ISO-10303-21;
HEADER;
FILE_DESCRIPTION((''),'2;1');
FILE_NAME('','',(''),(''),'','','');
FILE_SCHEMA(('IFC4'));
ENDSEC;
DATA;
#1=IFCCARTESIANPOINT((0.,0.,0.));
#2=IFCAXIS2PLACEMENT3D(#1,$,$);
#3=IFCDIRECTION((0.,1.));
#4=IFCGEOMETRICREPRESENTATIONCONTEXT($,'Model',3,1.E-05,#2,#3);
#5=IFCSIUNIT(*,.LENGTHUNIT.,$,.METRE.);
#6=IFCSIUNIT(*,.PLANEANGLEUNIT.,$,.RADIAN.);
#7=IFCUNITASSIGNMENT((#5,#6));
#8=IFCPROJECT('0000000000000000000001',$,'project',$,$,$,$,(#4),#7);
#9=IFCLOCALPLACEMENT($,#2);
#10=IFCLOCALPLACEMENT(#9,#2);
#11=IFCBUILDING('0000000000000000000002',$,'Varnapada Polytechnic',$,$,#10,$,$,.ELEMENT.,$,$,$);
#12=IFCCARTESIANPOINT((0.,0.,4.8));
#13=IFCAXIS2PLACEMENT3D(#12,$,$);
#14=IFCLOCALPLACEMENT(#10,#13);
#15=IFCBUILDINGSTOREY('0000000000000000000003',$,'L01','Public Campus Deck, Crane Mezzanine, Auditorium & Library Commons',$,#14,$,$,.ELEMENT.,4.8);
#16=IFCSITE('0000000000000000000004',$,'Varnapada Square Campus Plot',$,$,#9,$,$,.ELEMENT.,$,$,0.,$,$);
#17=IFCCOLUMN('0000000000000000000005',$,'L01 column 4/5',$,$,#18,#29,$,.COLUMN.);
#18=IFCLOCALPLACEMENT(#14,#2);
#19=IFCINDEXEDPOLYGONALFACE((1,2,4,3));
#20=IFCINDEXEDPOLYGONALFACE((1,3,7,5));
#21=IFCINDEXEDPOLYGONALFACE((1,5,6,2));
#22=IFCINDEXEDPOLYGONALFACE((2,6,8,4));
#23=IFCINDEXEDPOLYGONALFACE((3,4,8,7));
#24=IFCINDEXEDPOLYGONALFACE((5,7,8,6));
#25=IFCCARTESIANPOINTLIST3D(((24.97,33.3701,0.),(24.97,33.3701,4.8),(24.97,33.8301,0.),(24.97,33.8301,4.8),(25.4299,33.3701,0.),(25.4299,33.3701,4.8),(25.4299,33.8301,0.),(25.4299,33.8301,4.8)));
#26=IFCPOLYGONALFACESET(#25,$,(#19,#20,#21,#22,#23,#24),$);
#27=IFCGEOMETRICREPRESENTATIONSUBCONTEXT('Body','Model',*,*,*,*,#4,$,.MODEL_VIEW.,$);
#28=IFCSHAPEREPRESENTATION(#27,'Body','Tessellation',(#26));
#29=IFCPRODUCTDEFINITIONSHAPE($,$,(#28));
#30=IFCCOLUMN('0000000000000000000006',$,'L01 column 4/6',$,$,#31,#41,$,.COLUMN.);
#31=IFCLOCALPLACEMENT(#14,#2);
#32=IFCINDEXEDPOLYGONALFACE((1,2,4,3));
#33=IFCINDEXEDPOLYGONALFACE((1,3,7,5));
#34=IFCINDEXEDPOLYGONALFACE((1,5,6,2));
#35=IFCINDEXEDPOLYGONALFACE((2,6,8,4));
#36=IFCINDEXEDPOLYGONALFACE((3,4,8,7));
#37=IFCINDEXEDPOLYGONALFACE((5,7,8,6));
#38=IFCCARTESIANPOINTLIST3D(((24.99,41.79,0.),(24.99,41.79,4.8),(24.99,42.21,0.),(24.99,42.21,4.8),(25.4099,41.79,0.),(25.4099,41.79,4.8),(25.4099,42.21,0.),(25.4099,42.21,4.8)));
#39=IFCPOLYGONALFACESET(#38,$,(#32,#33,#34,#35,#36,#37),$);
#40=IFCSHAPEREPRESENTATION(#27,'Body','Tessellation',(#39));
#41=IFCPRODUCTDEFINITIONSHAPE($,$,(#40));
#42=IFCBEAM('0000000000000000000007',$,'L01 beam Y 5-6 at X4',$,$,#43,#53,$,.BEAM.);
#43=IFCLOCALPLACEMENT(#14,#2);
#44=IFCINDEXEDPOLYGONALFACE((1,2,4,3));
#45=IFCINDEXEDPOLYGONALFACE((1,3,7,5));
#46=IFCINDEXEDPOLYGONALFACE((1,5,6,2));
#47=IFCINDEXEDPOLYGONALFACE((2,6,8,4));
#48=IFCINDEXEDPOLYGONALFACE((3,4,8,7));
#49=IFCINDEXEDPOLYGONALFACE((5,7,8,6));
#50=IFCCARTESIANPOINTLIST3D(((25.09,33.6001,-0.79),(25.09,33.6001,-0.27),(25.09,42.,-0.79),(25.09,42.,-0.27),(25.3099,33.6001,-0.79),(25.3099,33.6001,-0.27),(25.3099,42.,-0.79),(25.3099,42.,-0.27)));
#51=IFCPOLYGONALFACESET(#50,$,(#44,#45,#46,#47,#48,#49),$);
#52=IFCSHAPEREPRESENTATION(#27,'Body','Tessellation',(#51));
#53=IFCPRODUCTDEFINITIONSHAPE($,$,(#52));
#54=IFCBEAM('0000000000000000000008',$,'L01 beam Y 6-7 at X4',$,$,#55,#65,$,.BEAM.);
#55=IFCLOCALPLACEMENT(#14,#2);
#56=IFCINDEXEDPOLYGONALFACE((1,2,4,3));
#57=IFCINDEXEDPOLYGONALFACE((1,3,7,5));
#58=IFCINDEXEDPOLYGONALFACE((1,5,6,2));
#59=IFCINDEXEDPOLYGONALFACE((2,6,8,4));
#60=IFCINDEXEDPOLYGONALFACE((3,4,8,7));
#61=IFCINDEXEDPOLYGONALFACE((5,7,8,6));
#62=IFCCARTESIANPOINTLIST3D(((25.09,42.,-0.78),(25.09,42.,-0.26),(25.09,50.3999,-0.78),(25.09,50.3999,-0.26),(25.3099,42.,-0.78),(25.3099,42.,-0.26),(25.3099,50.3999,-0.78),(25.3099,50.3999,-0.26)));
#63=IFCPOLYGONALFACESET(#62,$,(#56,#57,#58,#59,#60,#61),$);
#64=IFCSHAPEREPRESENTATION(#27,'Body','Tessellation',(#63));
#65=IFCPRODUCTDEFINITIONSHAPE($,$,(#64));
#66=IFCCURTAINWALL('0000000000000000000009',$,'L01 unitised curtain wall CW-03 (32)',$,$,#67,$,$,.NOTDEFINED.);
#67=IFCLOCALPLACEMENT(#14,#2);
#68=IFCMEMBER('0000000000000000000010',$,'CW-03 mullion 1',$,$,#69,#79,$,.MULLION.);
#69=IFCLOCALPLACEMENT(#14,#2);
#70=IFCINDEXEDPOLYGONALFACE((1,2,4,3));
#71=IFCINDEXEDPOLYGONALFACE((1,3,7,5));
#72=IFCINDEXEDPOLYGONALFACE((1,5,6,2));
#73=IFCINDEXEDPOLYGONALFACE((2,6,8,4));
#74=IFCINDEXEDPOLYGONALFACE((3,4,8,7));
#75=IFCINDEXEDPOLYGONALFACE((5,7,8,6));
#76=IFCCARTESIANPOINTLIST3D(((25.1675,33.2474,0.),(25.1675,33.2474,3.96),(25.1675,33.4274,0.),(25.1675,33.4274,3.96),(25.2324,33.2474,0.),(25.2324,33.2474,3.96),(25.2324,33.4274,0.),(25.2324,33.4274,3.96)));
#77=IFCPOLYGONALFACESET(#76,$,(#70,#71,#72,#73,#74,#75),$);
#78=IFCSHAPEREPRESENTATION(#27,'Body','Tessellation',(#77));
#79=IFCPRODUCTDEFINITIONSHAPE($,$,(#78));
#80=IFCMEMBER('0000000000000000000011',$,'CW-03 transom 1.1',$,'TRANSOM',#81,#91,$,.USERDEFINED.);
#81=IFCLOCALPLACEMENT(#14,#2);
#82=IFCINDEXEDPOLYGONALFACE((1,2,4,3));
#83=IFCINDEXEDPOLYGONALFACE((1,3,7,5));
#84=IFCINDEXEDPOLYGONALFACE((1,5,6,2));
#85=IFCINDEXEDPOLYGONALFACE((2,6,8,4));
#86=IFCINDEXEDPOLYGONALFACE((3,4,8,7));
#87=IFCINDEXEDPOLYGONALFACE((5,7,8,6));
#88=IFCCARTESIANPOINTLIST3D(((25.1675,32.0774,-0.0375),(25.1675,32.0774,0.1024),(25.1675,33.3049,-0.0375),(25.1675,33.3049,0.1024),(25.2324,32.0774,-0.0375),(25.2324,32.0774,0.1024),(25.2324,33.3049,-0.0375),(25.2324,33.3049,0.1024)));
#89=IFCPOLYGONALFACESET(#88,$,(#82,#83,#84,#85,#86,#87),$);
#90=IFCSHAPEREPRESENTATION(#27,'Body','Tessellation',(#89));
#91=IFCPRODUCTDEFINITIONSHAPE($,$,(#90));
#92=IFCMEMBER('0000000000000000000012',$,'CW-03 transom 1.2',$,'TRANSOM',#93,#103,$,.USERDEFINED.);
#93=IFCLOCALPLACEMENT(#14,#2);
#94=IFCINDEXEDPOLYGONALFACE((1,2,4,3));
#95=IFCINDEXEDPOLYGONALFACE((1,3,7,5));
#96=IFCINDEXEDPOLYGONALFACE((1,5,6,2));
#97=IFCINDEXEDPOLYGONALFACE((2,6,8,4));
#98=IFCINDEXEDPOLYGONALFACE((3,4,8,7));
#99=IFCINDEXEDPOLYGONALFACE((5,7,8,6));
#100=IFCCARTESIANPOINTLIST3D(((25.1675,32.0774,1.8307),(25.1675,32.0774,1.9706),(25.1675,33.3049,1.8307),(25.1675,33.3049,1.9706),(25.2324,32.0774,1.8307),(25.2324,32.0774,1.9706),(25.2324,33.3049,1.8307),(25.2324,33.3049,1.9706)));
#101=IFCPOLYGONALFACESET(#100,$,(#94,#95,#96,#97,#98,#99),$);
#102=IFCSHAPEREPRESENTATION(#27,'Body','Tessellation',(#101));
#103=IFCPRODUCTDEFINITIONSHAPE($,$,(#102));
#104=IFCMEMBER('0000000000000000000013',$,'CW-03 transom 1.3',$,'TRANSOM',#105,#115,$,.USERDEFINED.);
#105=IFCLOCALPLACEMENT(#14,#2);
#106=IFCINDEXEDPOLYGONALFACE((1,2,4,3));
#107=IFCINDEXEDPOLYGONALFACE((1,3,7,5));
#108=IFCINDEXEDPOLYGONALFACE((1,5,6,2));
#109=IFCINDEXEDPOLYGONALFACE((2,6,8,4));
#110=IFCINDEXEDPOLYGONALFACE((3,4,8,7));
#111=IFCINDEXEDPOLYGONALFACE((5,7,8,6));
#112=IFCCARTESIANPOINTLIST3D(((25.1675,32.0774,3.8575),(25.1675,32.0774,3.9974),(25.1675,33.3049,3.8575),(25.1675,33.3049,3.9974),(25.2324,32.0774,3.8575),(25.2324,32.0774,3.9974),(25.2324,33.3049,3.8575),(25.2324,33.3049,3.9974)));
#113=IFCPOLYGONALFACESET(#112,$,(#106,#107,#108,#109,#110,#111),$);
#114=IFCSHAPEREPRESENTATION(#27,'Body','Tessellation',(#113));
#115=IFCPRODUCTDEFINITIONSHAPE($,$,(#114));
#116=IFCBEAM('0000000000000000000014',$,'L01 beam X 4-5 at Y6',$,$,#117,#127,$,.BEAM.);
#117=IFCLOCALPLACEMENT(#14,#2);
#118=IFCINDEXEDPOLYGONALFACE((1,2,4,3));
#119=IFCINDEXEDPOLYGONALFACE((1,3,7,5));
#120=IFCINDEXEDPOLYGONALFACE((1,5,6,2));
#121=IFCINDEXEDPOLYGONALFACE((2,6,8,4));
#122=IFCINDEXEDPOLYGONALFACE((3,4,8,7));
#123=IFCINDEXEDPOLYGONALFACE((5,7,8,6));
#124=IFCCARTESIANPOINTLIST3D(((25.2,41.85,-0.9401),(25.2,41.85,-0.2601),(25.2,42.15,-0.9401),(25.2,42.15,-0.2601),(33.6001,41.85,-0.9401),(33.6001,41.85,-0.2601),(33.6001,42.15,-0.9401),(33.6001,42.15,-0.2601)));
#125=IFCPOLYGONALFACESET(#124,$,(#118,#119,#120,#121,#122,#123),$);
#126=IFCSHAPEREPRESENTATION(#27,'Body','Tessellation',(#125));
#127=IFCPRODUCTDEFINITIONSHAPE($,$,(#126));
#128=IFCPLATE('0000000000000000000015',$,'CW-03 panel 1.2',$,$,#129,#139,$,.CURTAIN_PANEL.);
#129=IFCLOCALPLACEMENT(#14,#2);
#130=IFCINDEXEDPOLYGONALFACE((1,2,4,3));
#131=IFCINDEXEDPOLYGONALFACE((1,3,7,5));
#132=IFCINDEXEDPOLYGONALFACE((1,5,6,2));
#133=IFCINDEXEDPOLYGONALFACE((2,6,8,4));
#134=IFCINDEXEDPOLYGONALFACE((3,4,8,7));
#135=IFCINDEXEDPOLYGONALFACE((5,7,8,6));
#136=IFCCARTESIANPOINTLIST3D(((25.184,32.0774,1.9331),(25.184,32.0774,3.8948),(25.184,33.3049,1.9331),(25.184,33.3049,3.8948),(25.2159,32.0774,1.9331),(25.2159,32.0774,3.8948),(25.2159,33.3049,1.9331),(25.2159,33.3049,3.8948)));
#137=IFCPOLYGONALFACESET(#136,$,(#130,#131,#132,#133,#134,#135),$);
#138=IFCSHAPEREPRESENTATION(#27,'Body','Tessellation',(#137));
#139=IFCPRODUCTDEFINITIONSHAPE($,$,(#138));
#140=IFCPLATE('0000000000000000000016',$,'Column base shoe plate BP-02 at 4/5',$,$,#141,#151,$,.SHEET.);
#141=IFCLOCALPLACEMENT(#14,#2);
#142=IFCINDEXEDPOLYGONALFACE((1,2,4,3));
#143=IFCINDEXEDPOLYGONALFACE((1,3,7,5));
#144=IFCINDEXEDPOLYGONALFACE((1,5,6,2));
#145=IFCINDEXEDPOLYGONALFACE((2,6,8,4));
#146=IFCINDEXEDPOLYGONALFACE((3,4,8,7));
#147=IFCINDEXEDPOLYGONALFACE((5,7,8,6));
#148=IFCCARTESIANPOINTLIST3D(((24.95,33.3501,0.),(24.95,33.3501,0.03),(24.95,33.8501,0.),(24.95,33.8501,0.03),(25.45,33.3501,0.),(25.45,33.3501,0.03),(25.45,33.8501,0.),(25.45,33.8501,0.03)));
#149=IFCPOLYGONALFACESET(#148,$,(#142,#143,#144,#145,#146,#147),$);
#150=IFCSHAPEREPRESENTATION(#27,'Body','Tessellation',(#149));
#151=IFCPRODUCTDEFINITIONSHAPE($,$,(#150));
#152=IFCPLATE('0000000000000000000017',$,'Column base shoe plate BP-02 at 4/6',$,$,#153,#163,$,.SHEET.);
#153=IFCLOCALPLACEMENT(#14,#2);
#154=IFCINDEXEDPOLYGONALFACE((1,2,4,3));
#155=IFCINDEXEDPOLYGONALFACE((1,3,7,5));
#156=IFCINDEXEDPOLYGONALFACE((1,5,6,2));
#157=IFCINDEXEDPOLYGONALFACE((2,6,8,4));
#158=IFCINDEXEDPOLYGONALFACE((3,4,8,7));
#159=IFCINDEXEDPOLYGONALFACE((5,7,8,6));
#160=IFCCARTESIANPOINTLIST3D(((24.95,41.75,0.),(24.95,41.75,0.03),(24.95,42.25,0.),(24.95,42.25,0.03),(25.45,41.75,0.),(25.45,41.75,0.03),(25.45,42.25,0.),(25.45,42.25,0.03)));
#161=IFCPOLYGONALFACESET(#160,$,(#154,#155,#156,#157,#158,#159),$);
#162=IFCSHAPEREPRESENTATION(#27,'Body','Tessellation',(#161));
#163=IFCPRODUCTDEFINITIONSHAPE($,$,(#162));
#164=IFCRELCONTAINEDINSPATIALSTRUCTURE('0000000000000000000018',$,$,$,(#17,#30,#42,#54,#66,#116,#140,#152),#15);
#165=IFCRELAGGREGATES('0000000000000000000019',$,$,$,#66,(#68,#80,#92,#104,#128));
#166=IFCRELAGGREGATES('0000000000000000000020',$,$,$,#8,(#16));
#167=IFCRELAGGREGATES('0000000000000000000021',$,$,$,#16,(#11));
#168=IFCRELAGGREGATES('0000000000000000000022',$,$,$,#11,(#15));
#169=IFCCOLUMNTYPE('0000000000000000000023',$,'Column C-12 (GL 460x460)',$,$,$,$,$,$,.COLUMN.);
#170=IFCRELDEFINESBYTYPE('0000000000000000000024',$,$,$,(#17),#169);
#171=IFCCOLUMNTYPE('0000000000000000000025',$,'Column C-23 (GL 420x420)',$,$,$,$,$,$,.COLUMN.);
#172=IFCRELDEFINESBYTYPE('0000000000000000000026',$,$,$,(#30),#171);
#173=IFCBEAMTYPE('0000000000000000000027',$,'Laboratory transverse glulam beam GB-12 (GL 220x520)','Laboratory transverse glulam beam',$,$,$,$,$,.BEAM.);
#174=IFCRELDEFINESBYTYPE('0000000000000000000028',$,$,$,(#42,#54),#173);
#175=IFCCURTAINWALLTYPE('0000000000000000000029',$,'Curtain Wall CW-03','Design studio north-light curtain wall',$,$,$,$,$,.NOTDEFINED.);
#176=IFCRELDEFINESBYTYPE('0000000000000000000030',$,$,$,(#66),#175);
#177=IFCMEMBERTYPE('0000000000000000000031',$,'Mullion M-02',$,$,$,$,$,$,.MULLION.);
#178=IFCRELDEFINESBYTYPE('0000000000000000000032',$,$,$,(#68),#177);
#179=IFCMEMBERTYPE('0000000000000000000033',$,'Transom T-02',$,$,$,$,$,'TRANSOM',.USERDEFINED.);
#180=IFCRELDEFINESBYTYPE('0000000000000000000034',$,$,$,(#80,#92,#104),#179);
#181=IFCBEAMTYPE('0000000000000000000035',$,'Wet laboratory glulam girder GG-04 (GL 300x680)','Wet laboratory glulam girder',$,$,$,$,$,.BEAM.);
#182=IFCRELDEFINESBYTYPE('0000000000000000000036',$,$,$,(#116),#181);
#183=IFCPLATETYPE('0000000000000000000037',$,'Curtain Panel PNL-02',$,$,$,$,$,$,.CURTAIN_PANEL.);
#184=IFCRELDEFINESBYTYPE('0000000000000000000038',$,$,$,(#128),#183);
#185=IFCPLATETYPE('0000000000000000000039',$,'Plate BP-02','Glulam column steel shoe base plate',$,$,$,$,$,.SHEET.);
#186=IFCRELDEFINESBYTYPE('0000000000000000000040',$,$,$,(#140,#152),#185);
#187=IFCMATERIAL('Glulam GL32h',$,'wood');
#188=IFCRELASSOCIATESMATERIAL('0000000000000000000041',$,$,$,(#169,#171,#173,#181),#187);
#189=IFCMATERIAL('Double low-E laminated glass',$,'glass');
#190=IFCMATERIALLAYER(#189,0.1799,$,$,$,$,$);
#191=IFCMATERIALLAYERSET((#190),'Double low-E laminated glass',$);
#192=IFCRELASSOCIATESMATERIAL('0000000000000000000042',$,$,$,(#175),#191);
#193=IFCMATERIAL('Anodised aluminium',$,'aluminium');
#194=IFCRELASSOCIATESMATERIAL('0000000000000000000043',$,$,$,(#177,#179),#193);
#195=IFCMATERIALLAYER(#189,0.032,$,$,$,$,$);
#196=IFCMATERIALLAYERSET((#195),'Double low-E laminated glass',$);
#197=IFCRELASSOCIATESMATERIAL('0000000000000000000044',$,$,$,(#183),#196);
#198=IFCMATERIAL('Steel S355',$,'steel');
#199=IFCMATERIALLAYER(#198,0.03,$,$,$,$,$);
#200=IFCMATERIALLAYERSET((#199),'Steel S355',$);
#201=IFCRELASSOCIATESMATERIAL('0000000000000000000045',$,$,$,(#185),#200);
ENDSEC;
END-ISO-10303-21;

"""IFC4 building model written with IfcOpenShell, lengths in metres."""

from ifc_helpers import new_model, si_unit, direction, frame, origin, origin_2d, place, context, subcontext, project, spatial, rectangle, extrude, material, layer, layer_set, material_profile, profile_set, type_object, element, aggregate, save


model = new_model("IFC4")

# Units and contexts
model_context = context("Model", 3, precision=1e-05, world=origin(), true_north=direction((0.0, 1.0)))
body_context = subcontext(model_context, "Body", "Model", "MODEL_VIEW")
ifc_project = project(units=[si_unit("LENGTHUNIT", "METRE"), si_unit("PLANEANGLEUNIT", "RADIAN")], contexts=[model_context])

# Site, building, storey
site_placement = place(None, origin())
site = spatial("IfcSite", under=ifc_project, at=site_placement, Name="Varnapada Square Campus Plot", CompositionType="ELEMENT", RefElevation=0.0)
building_placement = place(site_placement, origin())
building = spatial("IfcBuilding", under=site, at=building_placement, Name="Varnapada Polytechnic", CompositionType="ELEMENT")
storey_placement = place(building_placement, frame((0.0, 0.0, 4.8)))
storey = spatial("IfcBuildingStorey", under=building, at=storey_placement, Name="L01", Description="Public Campus Deck, Crane Mezzanine, Auditorium & Library Commons", CompositionType="ELEMENT", Elevation=4.8)

# Columns
ifc_material_1 = material(Name="Glulam GL32h", Category="wood")
ifc_material_profile_1 = material_profile(ifc_material_1, rectangle(XDim=0.46, YDim=0.46, at=origin_2d()), Name="GL 460x460")
ifc_profile_set_1 = profile_set([ifc_material_profile_1], Name="Glulam GL32h")
column_type_1 = type_object("IfcColumnType", Name="Column C-12 (GL 460x460)", PredefinedType="COLUMN", material=ifc_profile_set_1)
column_1_placement = place(storey_placement, frame((25.2, 33.6001, 0.0), z_axis=(0.0, 0.0, 1.0), x_axis=(1.0, 0.0, 0.0)))
element("IfcColumn", 1, at=column_1_placement, inside=storey, type_object=column_type_1, Name="L01 column 4/5", PredefinedType="COLUMN", context=body_context, shape_type="SweptSolid", body=[
    extrude(rectangle(XDim=0.46, YDim=0.46, at=origin_2d()), origin(), (0.0, 0.0, 1.0), 4.8),
])
ifc_material_profile_2 = material_profile(ifc_material_1, rectangle(XDim=0.4199, YDim=0.4199, at=origin_2d()), Name="GL 420x420")
ifc_profile_set_2 = profile_set([ifc_material_profile_2], Name="Glulam GL32h")
column_type_2 = type_object("IfcColumnType", Name="Column C-23 (GL 420x420)", PredefinedType="COLUMN", material=ifc_profile_set_2)
column_2_placement = place(storey_placement, frame((25.2, 42.0, 0.0), z_axis=(0.0, 0.0, 1.0), x_axis=(1.0, 0.0, 0.0)))
element("IfcColumn", 2, at=column_2_placement, inside=storey, type_object=column_type_2, Name="L01 column 4/6", PredefinedType="COLUMN", context=body_context, shape_type="SweptSolid", body=[
    extrude(rectangle(XDim=0.4199, YDim=0.4199, at=origin_2d()), origin(), (0.0, 0.0, 1.0), 4.8),
])

# Beams
ifc_material_profile_3 = material_profile(ifc_material_1, rectangle(XDim=0.22, YDim=0.52, at=origin_2d()), Name="GL 220x520")
ifc_profile_set_3 = profile_set([ifc_material_profile_3], Name="Glulam GL32h")
beam_type_1 = type_object("IfcBeamType", Name="Laboratory transverse glulam beam GB-12 (GL 220x520)", Description="Laboratory transverse glulam beam", PredefinedType="BEAM", material=ifc_profile_set_3)
for number, where, z_axis, x_axis, name in (
    (3, (25.2, 33.6001, -0.53), (0.0, 1.0, 0.0), (-1.0, 0.0, 0.0), "L01 beam Y 5-6 at X4"),
    (4, (25.2, 42.0, -0.52), (0.0, 1.0, 0.0), (-1.0, 0.0, 0.0), "L01 beam Y 6-7 at X4"),
):
    element("IfcBeam", number, at=place(storey_placement, frame(where, z_axis=z_axis, x_axis=x_axis)), inside=storey, type_object=beam_type_1, Name=name, PredefinedType="BEAM", context=body_context, shape_type="SweptSolid", body=[
        extrude(rectangle(XDim=0.22, YDim=0.52, at=origin_2d()), origin(), (0.0, 0.0, 1.0), 8.3999),
    ])

# Curtain wall, members
ifc_material_2 = material(Name="Double low-E laminated glass", Category="glass")
ifc_layer_1 = layer(ifc_material_2, 0.1799)
ifc_layer_set_1 = layer_set([ifc_layer_1], Name="Double low-E laminated glass")
curtain_wall_type = type_object("IfcCurtainWallType", Name="Curtain Wall CW-03", Description="Design studio north-light curtain wall", PredefinedType="NOTDEFINED", material=ifc_layer_set_1)
curtain_wall_placement = place(storey_placement, origin())
curtain_wall = element("IfcCurtainWall", 5, at=curtain_wall_placement, inside=storey, type_object=curtain_wall_type, Name="L01 unitised curtain wall CW-03 (32)", PredefinedType="NOTDEFINED")
ifc_material_3 = material(Name="Anodised aluminium", Category="aluminium")
ifc_material_profile_4 = material_profile(ifc_material_3, rectangle(XDim=0.0649, YDim=0.1799, at=origin_2d()), Name="ALU M65x180")
ifc_profile_set_4 = profile_set([ifc_material_profile_4], Name="Anodised aluminium")
member_type_1 = type_object("IfcMemberType", Name="Mullion M-02", PredefinedType="MULLION", material=ifc_profile_set_4)
member_1_placement = place(storey_placement, frame((25.2, 33.3374, 0.0), z_axis=(0.0, 0.0, 1.0), x_axis=(1.0, 0.0, 0.0)))
member_1 = element("IfcMember", 6, at=member_1_placement, type_object=member_type_1, Name="CW-03 mullion 1", PredefinedType="MULLION", context=body_context, shape_type="SweptSolid", body=[
    extrude(rectangle(XDim=0.0649, YDim=0.1799, at=origin_2d()), origin(), (0.0, 0.0, 1.0), 3.96),
])
ifc_material_profile_5 = material_profile(ifc_material_3, rectangle(XDim=0.0649, YDim=0.1399, at=origin_2d()), Name="ALU T65x140")
ifc_profile_set_5 = profile_set([ifc_material_profile_5], Name="Anodised aluminium")
member_type_2 = type_object("IfcMemberType", Name="Transom T-02", ElementType="TRANSOM", PredefinedType="USERDEFINED", material=ifc_profile_set_5)
member_2_placement = place(storey_placement, frame((25.2, 33.3049, 0.0325), z_axis=(0.0, -1.0, 0.0), x_axis=(1.0, 0.0, 0.0)))
member_2 = element("IfcMember", 7, at=member_2_placement, type_object=member_type_2, Name="CW-03 transom 1.1", ObjectType="TRANSOM", PredefinedType="USERDEFINED", context=body_context, shape_type="SweptSolid", body=[
    extrude(rectangle(XDim=0.0649, YDim=0.1399, at=origin_2d()), origin(), (0.0, 0.0, 1.0), 1.2275),
])
member_3_placement = place(storey_placement, frame((25.2, 33.3049, 1.9006), z_axis=(0.0, -1.0, 0.0), x_axis=(1.0, 0.0, 0.0)))
member_3 = element("IfcMember", 8, at=member_3_placement, type_object=member_type_2, Name="CW-03 transom 1.2", ObjectType="TRANSOM", PredefinedType="USERDEFINED", context=body_context, shape_type="SweptSolid", body=[
    extrude(rectangle(XDim=0.0649, YDim=0.1399, at=origin_2d()), origin(), (0.0, 0.0, 1.0), 1.2275),
])
member_4_placement = place(storey_placement, frame((25.2, 33.3049, 3.9275), z_axis=(0.0, -1.0, 0.0), x_axis=(1.0, 0.0, 0.0)))
member_4 = element("IfcMember", 9, at=member_4_placement, type_object=member_type_2, Name="CW-03 transom 1.3", ObjectType="TRANSOM", PredefinedType="USERDEFINED", context=body_context, shape_type="SweptSolid", body=[
    extrude(rectangle(XDim=0.0649, YDim=0.1399, at=origin_2d()), origin(), (0.0, 0.0, 1.0), 1.2275),
])

# Beam
ifc_material_profile_6 = material_profile(ifc_material_1, rectangle(XDim=0.3, YDim=0.6799, at=origin_2d()), Name="GL 300x680")
ifc_profile_set_6 = profile_set([ifc_material_profile_6], Name="Glulam GL32h")
beam_type_2 = type_object("IfcBeamType", Name="Wet laboratory glulam girder GG-04 (GL 300x680)", Description="Wet laboratory glulam girder", PredefinedType="BEAM", material=ifc_profile_set_6)
beam_placement = place(storey_placement, frame((25.2, 42.0, -0.6001), z_axis=(1.0, 0.0, 0.0), x_axis=(0.0, 1.0, 0.0)))
element("IfcBeam", 10, at=beam_placement, inside=storey, type_object=beam_type_2, Name="L01 beam X 4-5 at Y6", PredefinedType="BEAM", context=body_context, shape_type="SweptSolid", body=[
    extrude(rectangle(XDim=0.3, YDim=0.6799, at=origin_2d()), origin(), (0.0, 0.0, 1.0), 8.4001),
])

# Plate
ifc_layer_2 = layer(ifc_material_2, 0.032)
ifc_layer_set_2 = layer_set([ifc_layer_2], Name="Double low-E laminated glass")
plate_type_1 = type_object("IfcPlateType", Name="Curtain Panel PNL-02", PredefinedType="CURTAIN_PANEL", material=ifc_layer_set_2)
plate_placement = place(storey_placement, frame((25.2, 32.6912, 1.9331), z_axis=(0.0, 0.0, 1.0), x_axis=(0.0, -1.0, 0.0)))
plate = element("IfcPlate", 11, at=plate_placement, type_object=plate_type_1, Name="CW-03 panel 1.2", PredefinedType="CURTAIN_PANEL", context=body_context, shape_type="SweptSolid", body=[
    extrude(rectangle(XDim=1.2275, YDim=0.032, at=origin_2d()), origin(), (0.0, 0.0, 1.0), 1.9617),
])
aggregate(curtain_wall, [member_1, member_2, member_3, member_4, plate])

# Plates
ifc_material_4 = material(Name="Steel S355", Category="steel")
ifc_layer_3 = layer(ifc_material_4, 0.03)
ifc_layer_set_3 = layer_set([ifc_layer_3], Name="Steel S355")
plate_type_2 = type_object("IfcPlateType", Name="Plate BP-02", Description="Glulam column steel shoe base plate", PredefinedType="SHEET", material=ifc_layer_set_3)
for number, where, z_axis, x_axis, name in (
    (12, (25.2, 33.6001, 0.0), (0.0, 0.0, 1.0), (1.0, 0.0, 0.0), "Column base shoe plate BP-02 at 4/5"),
    (13, (25.2, 42.0, 0.0), (0.0, 0.0, 1.0), (1.0, 0.0, 0.0), "Column base shoe plate BP-02 at 4/6"),
):
    element("IfcPlate", number, at=place(storey_placement, frame(where, z_axis=z_axis, x_axis=x_axis)), inside=storey, type_object=plate_type_2, Name=name, PredefinedType="SHEET", context=body_context, shape_type="SweptSolid", body=[
        extrude(rectangle(XDim=0.5, YDim=0.5, at=origin_2d()), origin(), (0.0, 0.0, 1.0), 0.03),
    ])

save(model, "model.ifc")
